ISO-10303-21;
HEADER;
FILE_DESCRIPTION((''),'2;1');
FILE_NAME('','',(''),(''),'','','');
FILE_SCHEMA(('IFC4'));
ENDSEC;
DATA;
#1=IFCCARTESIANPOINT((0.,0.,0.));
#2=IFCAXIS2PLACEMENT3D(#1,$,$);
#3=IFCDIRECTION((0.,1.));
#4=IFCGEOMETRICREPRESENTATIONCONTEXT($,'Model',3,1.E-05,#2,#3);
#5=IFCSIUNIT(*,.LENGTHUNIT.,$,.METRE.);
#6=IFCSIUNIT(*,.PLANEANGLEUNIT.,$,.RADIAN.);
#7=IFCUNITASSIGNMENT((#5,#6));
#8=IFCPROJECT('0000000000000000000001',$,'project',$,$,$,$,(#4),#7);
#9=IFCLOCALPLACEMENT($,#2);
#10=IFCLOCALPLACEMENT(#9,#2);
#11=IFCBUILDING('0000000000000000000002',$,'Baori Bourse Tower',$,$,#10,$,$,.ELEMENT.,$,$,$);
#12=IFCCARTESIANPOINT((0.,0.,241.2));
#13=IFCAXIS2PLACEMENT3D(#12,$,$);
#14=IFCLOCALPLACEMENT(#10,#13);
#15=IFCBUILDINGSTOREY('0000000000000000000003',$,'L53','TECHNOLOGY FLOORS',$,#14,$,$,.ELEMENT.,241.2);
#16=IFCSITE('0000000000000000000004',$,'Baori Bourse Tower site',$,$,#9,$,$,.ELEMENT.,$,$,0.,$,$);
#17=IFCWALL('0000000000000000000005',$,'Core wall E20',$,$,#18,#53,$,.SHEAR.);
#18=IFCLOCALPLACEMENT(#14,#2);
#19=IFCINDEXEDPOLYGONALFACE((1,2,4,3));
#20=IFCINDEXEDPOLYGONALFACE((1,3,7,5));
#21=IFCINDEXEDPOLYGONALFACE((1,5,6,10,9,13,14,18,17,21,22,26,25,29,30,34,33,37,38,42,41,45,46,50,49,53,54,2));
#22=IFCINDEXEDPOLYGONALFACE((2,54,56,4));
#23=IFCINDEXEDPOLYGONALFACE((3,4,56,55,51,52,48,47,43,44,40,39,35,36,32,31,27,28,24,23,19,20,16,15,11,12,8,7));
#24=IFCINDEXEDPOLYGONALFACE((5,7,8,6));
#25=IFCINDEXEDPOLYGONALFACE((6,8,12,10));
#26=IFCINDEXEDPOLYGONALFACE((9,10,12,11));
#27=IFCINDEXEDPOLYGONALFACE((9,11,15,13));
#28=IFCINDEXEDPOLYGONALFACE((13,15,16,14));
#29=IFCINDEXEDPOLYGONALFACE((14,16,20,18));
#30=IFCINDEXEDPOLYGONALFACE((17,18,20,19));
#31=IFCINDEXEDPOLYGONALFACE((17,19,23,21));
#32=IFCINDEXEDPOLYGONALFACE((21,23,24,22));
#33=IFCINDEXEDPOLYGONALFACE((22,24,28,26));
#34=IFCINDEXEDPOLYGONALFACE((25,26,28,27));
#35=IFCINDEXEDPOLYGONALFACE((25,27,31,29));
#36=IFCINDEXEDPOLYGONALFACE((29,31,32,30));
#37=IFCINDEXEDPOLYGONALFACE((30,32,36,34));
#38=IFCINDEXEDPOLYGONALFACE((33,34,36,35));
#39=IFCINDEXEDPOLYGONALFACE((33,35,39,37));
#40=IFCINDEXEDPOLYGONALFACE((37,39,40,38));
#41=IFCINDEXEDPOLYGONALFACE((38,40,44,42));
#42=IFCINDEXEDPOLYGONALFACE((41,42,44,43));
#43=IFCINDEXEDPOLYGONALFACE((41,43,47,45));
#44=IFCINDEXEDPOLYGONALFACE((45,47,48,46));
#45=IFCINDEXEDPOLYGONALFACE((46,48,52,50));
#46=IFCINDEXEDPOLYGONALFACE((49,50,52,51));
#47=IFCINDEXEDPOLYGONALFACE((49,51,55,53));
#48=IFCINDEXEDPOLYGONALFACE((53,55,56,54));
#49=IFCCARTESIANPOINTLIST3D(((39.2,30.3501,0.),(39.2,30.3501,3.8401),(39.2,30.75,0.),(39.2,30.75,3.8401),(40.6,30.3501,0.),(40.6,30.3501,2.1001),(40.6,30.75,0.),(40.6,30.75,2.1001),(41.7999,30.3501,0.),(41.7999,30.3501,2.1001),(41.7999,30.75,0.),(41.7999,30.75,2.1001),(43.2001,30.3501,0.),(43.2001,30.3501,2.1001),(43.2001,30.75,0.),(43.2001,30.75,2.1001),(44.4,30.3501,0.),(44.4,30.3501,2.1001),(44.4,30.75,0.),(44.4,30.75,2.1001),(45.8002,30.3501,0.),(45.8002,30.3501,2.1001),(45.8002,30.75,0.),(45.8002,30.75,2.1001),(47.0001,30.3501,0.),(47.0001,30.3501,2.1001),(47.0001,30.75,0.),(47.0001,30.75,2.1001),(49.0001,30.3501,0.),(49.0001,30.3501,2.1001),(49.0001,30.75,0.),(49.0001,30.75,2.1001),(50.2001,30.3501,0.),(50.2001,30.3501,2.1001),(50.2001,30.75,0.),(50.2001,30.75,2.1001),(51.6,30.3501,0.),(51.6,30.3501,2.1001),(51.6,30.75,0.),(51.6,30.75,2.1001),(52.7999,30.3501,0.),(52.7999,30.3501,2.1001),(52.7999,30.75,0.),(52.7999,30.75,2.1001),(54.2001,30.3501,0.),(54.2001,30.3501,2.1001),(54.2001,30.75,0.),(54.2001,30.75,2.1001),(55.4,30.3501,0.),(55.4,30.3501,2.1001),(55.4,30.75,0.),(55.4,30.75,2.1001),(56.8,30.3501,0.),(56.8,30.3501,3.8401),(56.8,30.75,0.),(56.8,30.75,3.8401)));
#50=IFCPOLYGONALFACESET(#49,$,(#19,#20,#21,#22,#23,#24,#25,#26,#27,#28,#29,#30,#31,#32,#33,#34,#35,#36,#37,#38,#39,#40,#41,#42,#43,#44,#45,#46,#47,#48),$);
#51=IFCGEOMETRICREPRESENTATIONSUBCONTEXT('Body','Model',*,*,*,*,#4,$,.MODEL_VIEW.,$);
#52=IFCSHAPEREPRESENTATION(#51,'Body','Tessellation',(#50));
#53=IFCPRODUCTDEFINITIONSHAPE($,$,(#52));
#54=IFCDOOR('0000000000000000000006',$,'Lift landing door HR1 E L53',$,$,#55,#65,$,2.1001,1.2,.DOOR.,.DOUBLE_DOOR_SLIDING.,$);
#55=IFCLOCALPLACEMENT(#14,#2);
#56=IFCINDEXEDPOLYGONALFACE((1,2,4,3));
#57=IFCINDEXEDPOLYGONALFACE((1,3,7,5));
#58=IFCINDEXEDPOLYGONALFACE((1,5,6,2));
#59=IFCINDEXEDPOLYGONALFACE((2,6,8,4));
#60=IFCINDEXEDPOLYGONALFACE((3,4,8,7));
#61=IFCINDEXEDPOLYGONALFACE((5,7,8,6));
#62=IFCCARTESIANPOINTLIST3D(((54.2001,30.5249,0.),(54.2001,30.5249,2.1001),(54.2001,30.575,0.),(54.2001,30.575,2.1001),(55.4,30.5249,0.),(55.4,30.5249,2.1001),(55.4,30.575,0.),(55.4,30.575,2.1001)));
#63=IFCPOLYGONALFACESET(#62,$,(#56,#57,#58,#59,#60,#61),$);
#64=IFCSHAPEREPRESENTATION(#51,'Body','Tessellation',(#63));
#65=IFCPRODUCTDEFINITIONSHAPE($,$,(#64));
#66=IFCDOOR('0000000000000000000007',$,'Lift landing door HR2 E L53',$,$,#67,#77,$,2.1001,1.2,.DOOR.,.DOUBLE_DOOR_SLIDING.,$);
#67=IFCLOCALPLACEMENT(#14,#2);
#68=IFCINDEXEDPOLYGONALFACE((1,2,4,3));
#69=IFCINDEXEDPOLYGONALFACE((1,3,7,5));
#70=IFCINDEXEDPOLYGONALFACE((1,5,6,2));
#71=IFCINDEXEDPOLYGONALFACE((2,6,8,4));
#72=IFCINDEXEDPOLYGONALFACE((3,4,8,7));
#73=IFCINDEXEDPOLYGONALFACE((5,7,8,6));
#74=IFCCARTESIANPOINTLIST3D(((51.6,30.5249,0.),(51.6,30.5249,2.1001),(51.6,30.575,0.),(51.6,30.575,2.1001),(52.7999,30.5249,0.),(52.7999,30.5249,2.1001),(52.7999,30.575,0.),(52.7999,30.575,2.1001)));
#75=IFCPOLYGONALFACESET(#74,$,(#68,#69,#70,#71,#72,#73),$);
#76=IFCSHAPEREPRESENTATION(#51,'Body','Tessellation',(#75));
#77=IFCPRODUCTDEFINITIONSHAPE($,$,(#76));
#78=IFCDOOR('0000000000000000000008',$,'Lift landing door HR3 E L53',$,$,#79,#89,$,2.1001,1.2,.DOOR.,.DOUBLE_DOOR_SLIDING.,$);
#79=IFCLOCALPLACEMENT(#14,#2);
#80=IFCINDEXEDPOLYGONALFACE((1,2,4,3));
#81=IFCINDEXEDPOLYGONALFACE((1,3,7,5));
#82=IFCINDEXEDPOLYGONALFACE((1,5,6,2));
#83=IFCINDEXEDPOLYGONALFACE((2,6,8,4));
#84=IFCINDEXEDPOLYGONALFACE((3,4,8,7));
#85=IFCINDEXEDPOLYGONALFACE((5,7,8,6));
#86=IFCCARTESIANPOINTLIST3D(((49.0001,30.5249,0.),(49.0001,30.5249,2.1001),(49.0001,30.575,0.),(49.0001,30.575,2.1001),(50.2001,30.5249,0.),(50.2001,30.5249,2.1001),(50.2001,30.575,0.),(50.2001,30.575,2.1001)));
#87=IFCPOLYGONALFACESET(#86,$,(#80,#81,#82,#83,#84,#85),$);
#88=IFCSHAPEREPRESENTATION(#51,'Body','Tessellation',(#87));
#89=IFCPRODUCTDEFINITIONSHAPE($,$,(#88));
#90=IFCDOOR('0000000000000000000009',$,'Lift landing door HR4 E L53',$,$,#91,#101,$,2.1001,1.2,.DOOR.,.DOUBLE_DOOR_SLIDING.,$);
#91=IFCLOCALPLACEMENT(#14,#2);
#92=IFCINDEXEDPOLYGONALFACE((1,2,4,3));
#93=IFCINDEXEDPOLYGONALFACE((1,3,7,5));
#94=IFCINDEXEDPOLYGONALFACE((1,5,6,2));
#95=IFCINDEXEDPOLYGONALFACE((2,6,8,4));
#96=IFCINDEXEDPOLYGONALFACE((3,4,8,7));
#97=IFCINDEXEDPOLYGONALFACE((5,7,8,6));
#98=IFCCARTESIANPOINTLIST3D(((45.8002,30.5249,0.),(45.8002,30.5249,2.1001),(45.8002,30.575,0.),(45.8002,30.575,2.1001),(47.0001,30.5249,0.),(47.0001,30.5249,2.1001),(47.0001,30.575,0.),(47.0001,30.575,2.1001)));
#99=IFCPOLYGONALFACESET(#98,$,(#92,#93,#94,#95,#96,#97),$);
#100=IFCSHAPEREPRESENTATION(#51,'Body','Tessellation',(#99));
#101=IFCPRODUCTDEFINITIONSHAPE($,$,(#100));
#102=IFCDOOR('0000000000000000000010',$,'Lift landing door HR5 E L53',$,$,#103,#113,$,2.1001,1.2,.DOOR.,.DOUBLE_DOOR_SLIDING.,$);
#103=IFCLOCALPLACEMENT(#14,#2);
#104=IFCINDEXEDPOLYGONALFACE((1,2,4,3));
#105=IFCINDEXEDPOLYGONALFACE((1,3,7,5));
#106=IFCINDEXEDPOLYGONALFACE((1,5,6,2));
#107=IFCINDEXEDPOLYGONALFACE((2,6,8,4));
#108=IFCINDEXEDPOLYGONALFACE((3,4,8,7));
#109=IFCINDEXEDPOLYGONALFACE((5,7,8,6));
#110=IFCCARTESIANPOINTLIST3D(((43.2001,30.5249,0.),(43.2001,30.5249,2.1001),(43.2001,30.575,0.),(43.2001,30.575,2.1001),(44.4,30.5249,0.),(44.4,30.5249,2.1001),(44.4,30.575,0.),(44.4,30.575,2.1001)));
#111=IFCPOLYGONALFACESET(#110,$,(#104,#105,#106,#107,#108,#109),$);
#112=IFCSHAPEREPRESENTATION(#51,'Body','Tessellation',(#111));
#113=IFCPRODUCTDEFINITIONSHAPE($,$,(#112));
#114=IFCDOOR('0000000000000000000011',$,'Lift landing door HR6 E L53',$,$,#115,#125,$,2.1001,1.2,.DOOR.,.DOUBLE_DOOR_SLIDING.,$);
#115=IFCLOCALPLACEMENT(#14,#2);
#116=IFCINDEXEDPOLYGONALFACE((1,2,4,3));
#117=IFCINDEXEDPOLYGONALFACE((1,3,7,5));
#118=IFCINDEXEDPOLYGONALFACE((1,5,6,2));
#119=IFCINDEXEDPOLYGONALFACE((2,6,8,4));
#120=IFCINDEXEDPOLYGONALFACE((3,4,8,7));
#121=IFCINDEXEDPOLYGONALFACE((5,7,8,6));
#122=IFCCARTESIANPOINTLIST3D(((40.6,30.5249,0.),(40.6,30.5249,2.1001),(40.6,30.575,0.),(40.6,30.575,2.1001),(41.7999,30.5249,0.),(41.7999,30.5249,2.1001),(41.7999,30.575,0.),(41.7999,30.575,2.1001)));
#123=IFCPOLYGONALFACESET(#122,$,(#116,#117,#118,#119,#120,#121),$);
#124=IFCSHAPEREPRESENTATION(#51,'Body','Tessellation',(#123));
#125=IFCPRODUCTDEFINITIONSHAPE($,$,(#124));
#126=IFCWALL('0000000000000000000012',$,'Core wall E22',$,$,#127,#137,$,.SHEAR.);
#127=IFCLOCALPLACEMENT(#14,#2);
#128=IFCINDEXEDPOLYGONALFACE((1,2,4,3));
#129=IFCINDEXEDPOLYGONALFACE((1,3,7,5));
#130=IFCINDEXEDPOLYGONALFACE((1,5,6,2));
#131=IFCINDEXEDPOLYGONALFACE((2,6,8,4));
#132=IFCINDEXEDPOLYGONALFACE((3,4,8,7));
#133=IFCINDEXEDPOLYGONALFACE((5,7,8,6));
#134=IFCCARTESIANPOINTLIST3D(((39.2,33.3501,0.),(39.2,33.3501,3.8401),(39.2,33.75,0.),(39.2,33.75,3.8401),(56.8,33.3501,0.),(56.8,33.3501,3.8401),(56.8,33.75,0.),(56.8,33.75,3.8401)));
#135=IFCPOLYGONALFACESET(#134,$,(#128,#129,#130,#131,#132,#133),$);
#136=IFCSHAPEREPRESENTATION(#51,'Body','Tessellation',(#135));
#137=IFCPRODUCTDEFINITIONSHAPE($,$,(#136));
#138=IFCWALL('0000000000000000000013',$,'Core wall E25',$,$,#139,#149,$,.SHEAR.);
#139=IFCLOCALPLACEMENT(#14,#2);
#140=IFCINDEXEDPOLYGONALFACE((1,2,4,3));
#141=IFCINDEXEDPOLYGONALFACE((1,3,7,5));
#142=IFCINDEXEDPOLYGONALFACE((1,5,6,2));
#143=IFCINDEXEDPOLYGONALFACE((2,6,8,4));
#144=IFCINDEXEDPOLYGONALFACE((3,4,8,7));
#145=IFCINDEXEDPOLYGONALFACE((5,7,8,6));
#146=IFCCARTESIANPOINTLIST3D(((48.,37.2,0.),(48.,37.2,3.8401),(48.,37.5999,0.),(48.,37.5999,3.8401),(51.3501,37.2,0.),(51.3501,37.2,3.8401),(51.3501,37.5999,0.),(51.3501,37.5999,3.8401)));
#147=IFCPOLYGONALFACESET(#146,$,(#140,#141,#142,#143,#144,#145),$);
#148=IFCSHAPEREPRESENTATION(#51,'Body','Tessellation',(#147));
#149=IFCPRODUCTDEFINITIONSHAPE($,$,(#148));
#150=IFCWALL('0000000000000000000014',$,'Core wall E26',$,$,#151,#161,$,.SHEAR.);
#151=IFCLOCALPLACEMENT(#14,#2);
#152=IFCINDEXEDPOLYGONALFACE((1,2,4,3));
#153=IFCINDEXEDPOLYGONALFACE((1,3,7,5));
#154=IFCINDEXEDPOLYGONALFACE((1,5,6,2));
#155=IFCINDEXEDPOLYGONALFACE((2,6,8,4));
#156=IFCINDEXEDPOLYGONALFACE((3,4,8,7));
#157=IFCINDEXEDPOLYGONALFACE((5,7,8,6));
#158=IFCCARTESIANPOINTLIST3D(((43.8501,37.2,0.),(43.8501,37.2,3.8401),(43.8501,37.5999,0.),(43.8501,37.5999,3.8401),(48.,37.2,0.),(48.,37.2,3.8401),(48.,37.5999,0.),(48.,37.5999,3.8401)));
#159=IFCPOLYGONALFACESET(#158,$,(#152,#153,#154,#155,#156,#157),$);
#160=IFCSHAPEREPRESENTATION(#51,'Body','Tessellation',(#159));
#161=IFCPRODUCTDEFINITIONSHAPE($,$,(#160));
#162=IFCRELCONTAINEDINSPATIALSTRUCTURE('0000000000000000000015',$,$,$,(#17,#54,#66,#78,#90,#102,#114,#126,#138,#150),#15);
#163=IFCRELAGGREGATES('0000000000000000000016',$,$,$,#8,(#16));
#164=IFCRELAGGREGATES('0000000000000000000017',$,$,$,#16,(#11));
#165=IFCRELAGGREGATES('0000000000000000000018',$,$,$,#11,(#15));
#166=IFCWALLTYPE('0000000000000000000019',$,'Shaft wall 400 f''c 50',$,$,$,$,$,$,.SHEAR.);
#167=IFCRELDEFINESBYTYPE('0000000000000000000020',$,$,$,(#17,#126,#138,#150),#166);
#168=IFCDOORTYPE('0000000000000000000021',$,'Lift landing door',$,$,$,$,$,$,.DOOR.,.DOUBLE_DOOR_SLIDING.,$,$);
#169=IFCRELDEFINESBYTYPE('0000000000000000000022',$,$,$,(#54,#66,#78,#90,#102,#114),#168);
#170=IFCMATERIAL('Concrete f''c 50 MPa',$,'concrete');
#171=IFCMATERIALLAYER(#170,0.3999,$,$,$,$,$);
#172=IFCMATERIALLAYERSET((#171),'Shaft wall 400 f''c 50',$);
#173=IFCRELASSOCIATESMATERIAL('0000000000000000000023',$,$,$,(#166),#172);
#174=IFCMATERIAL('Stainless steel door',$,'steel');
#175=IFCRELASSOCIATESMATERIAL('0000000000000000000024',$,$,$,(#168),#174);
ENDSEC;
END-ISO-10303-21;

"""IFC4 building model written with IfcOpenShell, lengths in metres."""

from ifc_helpers import new_model, si_unit, direction, frame, frame_2d, origin, place, context, subcontext, project, spatial, rectangle, extrude, material, layer, layer_set, type_object, element, fill, save


model = new_model("IFC4")

# Units and contexts
model_context = context("Model", 3, precision=1e-05, world=origin(), true_north=direction((0.0, 1.0)))
body_context = subcontext(model_context, "Body", "Model", "MODEL_VIEW")
ifc_project = project(units=[si_unit("LENGTHUNIT", "METRE"), si_unit("PLANEANGLEUNIT", "RADIAN")], contexts=[model_context])

# Site, building, storey
site_placement = place(None, origin())
site = spatial("IfcSite", under=ifc_project, at=site_placement, Name="Baori Bourse Tower site", CompositionType="ELEMENT", RefElevation=0.0)
building_placement = place(site_placement, origin())
building = spatial("IfcBuilding", under=site, at=building_placement, Name="Baori Bourse Tower", CompositionType="ELEMENT")
storey_placement = place(building_placement, frame((0.0, 0.0, 241.2)))
storey = spatial("IfcBuildingStorey", under=building, at=storey_placement, Name="L53", Description="TECHNOLOGY FLOORS", CompositionType="ELEMENT", Elevation=241.2)

# Wall, openings, doors
ifc_material_1 = material(Name="Concrete f'c 50 MPa", Category="concrete")
ifc_layer_1 = layer(ifc_material_1, 0.3999)
ifc_layer_set_1 = layer_set([ifc_layer_1], Name="Shaft wall 400 f'c 50")
wall_type_1 = type_object("IfcWallType", Name="Shaft wall 400 f'c 50", PredefinedType="SHEAR", material=ifc_layer_set_1)
ifc_material_2 = material(Name="Stainless steel door", Category="steel")
door_type_1 = type_object("IfcDoorType", Name="Lift landing door", OperationType="DOUBLE_DOOR_SLIDING", PredefinedType="DOOR", material=ifc_material_2)
wall_1_placement = place(storey_placement, frame((39.2, 30.55, 0.0), z_axis=(0.0, 0.0, 1.0), x_axis=(1.0, 0.0, 0.0)))
wall_1 = element("IfcWall", 1, at=wall_1_placement, inside=storey, type_object=wall_type_1, Name="Core wall E20", PredefinedType="SHEAR", context=body_context, shape_type="SweptSolid", body=[
    extrude(rectangle(XDim=17.6001, YDim=0.3999, at=frame_2d((8.8, 0.0))), origin(), (0.0, 0.0, 1.0), 3.8401),
])
opening_1_placement = place(wall_1_placement, frame((15.0, 0.0, 0.0)))
opening_1 = element("IfcOpeningElement", 2, at=opening_1_placement, cuts=wall_1, PredefinedType="OPENING", context=body_context, shape_type="SweptSolid", body=[
    extrude(rectangle(XDim=1.2, YDim=2.1001, at=frame_2d((0.6001, 1.05))), frame((0.0, 0.21, 0.0), z_axis=(0.0, -1.0, 0.0), x_axis=(1.0, 0.0, 0.0)), (0.0, 0.0, 1.0), 0.4199),
])
opening_2_placement = place(wall_1_placement, frame((12.3999, 0.0, 0.0)))
opening_2 = element("IfcOpeningElement", 3, at=opening_2_placement, cuts=wall_1, PredefinedType="OPENING", context=body_context, shape_type="SweptSolid", body=[
    extrude(rectangle(XDim=1.2, YDim=2.1001, at=frame_2d((0.6001, 1.05))), frame((0.0, 0.21, 0.0), z_axis=(0.0, -1.0, 0.0), x_axis=(1.0, 0.0, 0.0)), (0.0, 0.0, 1.0), 0.4199),
])
opening_3_placement = place(wall_1_placement, frame((9.8, 0.0, 0.0)))
opening_3 = element("IfcOpeningElement", 4, at=opening_3_placement, cuts=wall_1, PredefinedType="OPENING", context=body_context, shape_type="SweptSolid", body=[
    extrude(rectangle(XDim=1.2, YDim=2.1001, at=frame_2d((0.6001, 1.05))), frame((0.0, 0.21, 0.0), z_axis=(0.0, -1.0, 0.0), x_axis=(1.0, 0.0, 0.0)), (0.0, 0.0, 1.0), 0.4199),
])
opening_4_placement = place(wall_1_placement, frame((6.6001, 0.0, 0.0)))
opening_4 = element("IfcOpeningElement", 5, at=opening_4_placement, cuts=wall_1, PredefinedType="OPENING", context=body_context, shape_type="SweptSolid", body=[
    extrude(rectangle(XDim=1.2, YDim=2.1001, at=frame_2d((0.6001, 1.05))), frame((0.0, 0.21, 0.0), z_axis=(0.0, -1.0, 0.0), x_axis=(1.0, 0.0, 0.0)), (0.0, 0.0, 1.0), 0.4199),
])
opening_5_placement = place(wall_1_placement, frame((4.0, 0.0, 0.0)))
opening_5 = element("IfcOpeningElement", 6, at=opening_5_placement, cuts=wall_1, PredefinedType="OPENING", context=body_context, shape_type="SweptSolid", body=[
    extrude(rectangle(XDim=1.2, YDim=2.1001, at=frame_2d((0.6001, 1.05))), frame((0.0, 0.21, 0.0), z_axis=(0.0, -1.0, 0.0), x_axis=(1.0, 0.0, 0.0)), (0.0, 0.0, 1.0), 0.4199),
])
opening_6_placement = place(wall_1_placement, frame((1.3999, 0.0, 0.0)))
opening_6 = element("IfcOpeningElement", 7, at=opening_6_placement, cuts=wall_1, PredefinedType="OPENING", context=body_context, shape_type="SweptSolid", body=[
    extrude(rectangle(XDim=1.2, YDim=2.1001, at=frame_2d((0.6001, 1.05))), frame((0.0, 0.21, 0.0), z_axis=(0.0, -1.0, 0.0), x_axis=(1.0, 0.0, 0.0)), (0.0, 0.0, 1.0), 0.4199),
])
door_1_placement = place(opening_1_placement, origin())
door_1 = element("IfcDoor", 8, at=door_1_placement, inside=storey, type_object=door_type_1, Name="Lift landing door HR1 E L53", OperationType="DOUBLE_DOOR_SLIDING", OverallHeight=2.1001, OverallWidth=1.2, PredefinedType="DOOR", context=body_context, shape_type="SweptSolid", body=[
    extrude(rectangle(XDim=1.2, YDim=2.1001, at=frame_2d((0.6001, 1.05))), frame((0.0, 0.0249, 0.0), z_axis=(0.0, -1.0, 0.0), x_axis=(1.0, 0.0, 0.0)), (0.0, 0.0, 1.0), 0.05),
])
fill(opening_1, door_1)
door_2_placement = place(opening_2_placement, origin())
door_2 = element("IfcDoor", 9, at=door_2_placement, inside=storey, type_object=door_type_1, Name="Lift landing door HR2 E L53", OperationType="DOUBLE_DOOR_SLIDING", OverallHeight=2.1001, OverallWidth=1.2, PredefinedType="DOOR", context=body_context, shape_type="SweptSolid", body=[
    extrude(rectangle(XDim=1.2, YDim=2.1001, at=frame_2d((0.6001, 1.05))), frame((0.0, 0.0249, 0.0), z_axis=(0.0, -1.0, 0.0), x_axis=(1.0, 0.0, 0.0)), (0.0, 0.0, 1.0), 0.05),
])
fill(opening_2, door_2)
door_3_placement = place(opening_3_placement, origin())
door_3 = element("IfcDoor", 10, at=door_3_placement, inside=storey, type_object=door_type_1, Name="Lift landing door HR3 E L53", OperationType="DOUBLE_DOOR_SLIDING", OverallHeight=2.1001, OverallWidth=1.2, PredefinedType="DOOR", context=body_context, shape_type="SweptSolid", body=[
    extrude(rectangle(XDim=1.2, YDim=2.1001, at=frame_2d((0.6001, 1.05))), frame((0.0, 0.0249, 0.0), z_axis=(0.0, -1.0, 0.0), x_axis=(1.0, 0.0, 0.0)), (0.0, 0.0, 1.0), 0.05),
])
fill(opening_3, door_3)
door_4_placement = place(opening_4_placement, origin())
door_4 = element("IfcDoor", 11, at=door_4_placement, inside=storey, type_object=door_type_1, Name="Lift landing door HR4 E L53", OperationType="DOUBLE_DOOR_SLIDING", OverallHeight=2.1001, OverallWidth=1.2, PredefinedType="DOOR", context=body_context, shape_type="SweptSolid", body=[
    extrude(rectangle(XDim=1.2, YDim=2.1001, at=frame_2d((0.6001, 1.05))), frame((0.0, 0.0249, 0.0), z_axis=(0.0, -1.0, 0.0), x_axis=(1.0, 0.0, 0.0)), (0.0, 0.0, 1.0), 0.05),
])
fill(opening_4, door_4)
door_5_placement = place(opening_5_placement, origin())
door_5 = element("IfcDoor", 12, at=door_5_placement, inside=storey, type_object=door_type_1, Name="Lift landing door HR5 E L53", OperationType="DOUBLE_DOOR_SLIDING", OverallHeight=2.1001, OverallWidth=1.2, PredefinedType="DOOR", context=body_context, shape_type="SweptSolid", body=[
    extrude(rectangle(XDim=1.2, YDim=2.1001, at=frame_2d((0.6001, 1.05))), frame((0.0, 0.0249, 0.0), z_axis=(0.0, -1.0, 0.0), x_axis=(1.0, 0.0, 0.0)), (0.0, 0.0, 1.0), 0.05),
])
fill(opening_5, door_5)
door_6_placement = place(opening_6_placement, origin())
door_6 = element("IfcDoor", 13, at=door_6_placement, inside=storey, type_object=door_type_1, Name="Lift landing door HR6 E L53", OperationType="DOUBLE_DOOR_SLIDING", OverallHeight=2.1001, OverallWidth=1.2, PredefinedType="DOOR", context=body_context, shape_type="SweptSolid", body=[
    extrude(rectangle(XDim=1.2, YDim=2.1001, at=frame_2d((0.6001, 1.05))), frame((0.0, 0.0249, 0.0), z_axis=(0.0, -1.0, 0.0), x_axis=(1.0, 0.0, 0.0)), (0.0, 0.0, 1.0), 0.05),
])
fill(opening_6, door_6)

# Walls
wall_2_placement = place(storey_placement, frame((39.2, 33.55, 0.0), z_axis=(0.0, 0.0, 1.0), x_axis=(1.0, 0.0, 0.0)))
element("IfcWall", 14, at=wall_2_placement, inside=storey, type_object=wall_type_1, Name="Core wall E22", PredefinedType="SHEAR", context=body_context, shape_type="SweptSolid", body=[
    extrude(rectangle(XDim=17.6001, YDim=0.3999, at=frame_2d((8.8, 0.0))), origin(), (0.0, 0.0, 1.0), 3.8401),
])
wall_3_placement = place(storey_placement, frame((48.0, 37.3999, 0.0), z_axis=(0.0, 0.0, 1.0), x_axis=(1.0, 0.0, 0.0)))
element("IfcWall", 15, at=wall_3_placement, inside=storey, type_object=wall_type_1, Name="Core wall E25", PredefinedType="SHEAR", context=body_context, shape_type="SweptSolid", body=[
    extrude(rectangle(XDim=3.3501, YDim=0.3999, at=frame_2d((1.675, 0.0))), origin(), (0.0, 0.0, 1.0), 3.8401),
])
wall_4_placement = place(storey_placement, frame((43.8501, 37.3999, 0.0), z_axis=(0.0, 0.0, 1.0), x_axis=(1.0, 0.0, 0.0)))
element("IfcWall", 16, at=wall_4_placement, inside=storey, type_object=wall_type_1, Name="Core wall E26", PredefinedType="SHEAR", context=body_context, shape_type="SweptSolid", body=[
    extrude(rectangle(XDim=4.1499, YDim=0.3999, at=frame_2d((2.075, 0.0))), origin(), (0.0, 0.0, 1.0), 3.8401),
])

save(model, "model.ifc")
